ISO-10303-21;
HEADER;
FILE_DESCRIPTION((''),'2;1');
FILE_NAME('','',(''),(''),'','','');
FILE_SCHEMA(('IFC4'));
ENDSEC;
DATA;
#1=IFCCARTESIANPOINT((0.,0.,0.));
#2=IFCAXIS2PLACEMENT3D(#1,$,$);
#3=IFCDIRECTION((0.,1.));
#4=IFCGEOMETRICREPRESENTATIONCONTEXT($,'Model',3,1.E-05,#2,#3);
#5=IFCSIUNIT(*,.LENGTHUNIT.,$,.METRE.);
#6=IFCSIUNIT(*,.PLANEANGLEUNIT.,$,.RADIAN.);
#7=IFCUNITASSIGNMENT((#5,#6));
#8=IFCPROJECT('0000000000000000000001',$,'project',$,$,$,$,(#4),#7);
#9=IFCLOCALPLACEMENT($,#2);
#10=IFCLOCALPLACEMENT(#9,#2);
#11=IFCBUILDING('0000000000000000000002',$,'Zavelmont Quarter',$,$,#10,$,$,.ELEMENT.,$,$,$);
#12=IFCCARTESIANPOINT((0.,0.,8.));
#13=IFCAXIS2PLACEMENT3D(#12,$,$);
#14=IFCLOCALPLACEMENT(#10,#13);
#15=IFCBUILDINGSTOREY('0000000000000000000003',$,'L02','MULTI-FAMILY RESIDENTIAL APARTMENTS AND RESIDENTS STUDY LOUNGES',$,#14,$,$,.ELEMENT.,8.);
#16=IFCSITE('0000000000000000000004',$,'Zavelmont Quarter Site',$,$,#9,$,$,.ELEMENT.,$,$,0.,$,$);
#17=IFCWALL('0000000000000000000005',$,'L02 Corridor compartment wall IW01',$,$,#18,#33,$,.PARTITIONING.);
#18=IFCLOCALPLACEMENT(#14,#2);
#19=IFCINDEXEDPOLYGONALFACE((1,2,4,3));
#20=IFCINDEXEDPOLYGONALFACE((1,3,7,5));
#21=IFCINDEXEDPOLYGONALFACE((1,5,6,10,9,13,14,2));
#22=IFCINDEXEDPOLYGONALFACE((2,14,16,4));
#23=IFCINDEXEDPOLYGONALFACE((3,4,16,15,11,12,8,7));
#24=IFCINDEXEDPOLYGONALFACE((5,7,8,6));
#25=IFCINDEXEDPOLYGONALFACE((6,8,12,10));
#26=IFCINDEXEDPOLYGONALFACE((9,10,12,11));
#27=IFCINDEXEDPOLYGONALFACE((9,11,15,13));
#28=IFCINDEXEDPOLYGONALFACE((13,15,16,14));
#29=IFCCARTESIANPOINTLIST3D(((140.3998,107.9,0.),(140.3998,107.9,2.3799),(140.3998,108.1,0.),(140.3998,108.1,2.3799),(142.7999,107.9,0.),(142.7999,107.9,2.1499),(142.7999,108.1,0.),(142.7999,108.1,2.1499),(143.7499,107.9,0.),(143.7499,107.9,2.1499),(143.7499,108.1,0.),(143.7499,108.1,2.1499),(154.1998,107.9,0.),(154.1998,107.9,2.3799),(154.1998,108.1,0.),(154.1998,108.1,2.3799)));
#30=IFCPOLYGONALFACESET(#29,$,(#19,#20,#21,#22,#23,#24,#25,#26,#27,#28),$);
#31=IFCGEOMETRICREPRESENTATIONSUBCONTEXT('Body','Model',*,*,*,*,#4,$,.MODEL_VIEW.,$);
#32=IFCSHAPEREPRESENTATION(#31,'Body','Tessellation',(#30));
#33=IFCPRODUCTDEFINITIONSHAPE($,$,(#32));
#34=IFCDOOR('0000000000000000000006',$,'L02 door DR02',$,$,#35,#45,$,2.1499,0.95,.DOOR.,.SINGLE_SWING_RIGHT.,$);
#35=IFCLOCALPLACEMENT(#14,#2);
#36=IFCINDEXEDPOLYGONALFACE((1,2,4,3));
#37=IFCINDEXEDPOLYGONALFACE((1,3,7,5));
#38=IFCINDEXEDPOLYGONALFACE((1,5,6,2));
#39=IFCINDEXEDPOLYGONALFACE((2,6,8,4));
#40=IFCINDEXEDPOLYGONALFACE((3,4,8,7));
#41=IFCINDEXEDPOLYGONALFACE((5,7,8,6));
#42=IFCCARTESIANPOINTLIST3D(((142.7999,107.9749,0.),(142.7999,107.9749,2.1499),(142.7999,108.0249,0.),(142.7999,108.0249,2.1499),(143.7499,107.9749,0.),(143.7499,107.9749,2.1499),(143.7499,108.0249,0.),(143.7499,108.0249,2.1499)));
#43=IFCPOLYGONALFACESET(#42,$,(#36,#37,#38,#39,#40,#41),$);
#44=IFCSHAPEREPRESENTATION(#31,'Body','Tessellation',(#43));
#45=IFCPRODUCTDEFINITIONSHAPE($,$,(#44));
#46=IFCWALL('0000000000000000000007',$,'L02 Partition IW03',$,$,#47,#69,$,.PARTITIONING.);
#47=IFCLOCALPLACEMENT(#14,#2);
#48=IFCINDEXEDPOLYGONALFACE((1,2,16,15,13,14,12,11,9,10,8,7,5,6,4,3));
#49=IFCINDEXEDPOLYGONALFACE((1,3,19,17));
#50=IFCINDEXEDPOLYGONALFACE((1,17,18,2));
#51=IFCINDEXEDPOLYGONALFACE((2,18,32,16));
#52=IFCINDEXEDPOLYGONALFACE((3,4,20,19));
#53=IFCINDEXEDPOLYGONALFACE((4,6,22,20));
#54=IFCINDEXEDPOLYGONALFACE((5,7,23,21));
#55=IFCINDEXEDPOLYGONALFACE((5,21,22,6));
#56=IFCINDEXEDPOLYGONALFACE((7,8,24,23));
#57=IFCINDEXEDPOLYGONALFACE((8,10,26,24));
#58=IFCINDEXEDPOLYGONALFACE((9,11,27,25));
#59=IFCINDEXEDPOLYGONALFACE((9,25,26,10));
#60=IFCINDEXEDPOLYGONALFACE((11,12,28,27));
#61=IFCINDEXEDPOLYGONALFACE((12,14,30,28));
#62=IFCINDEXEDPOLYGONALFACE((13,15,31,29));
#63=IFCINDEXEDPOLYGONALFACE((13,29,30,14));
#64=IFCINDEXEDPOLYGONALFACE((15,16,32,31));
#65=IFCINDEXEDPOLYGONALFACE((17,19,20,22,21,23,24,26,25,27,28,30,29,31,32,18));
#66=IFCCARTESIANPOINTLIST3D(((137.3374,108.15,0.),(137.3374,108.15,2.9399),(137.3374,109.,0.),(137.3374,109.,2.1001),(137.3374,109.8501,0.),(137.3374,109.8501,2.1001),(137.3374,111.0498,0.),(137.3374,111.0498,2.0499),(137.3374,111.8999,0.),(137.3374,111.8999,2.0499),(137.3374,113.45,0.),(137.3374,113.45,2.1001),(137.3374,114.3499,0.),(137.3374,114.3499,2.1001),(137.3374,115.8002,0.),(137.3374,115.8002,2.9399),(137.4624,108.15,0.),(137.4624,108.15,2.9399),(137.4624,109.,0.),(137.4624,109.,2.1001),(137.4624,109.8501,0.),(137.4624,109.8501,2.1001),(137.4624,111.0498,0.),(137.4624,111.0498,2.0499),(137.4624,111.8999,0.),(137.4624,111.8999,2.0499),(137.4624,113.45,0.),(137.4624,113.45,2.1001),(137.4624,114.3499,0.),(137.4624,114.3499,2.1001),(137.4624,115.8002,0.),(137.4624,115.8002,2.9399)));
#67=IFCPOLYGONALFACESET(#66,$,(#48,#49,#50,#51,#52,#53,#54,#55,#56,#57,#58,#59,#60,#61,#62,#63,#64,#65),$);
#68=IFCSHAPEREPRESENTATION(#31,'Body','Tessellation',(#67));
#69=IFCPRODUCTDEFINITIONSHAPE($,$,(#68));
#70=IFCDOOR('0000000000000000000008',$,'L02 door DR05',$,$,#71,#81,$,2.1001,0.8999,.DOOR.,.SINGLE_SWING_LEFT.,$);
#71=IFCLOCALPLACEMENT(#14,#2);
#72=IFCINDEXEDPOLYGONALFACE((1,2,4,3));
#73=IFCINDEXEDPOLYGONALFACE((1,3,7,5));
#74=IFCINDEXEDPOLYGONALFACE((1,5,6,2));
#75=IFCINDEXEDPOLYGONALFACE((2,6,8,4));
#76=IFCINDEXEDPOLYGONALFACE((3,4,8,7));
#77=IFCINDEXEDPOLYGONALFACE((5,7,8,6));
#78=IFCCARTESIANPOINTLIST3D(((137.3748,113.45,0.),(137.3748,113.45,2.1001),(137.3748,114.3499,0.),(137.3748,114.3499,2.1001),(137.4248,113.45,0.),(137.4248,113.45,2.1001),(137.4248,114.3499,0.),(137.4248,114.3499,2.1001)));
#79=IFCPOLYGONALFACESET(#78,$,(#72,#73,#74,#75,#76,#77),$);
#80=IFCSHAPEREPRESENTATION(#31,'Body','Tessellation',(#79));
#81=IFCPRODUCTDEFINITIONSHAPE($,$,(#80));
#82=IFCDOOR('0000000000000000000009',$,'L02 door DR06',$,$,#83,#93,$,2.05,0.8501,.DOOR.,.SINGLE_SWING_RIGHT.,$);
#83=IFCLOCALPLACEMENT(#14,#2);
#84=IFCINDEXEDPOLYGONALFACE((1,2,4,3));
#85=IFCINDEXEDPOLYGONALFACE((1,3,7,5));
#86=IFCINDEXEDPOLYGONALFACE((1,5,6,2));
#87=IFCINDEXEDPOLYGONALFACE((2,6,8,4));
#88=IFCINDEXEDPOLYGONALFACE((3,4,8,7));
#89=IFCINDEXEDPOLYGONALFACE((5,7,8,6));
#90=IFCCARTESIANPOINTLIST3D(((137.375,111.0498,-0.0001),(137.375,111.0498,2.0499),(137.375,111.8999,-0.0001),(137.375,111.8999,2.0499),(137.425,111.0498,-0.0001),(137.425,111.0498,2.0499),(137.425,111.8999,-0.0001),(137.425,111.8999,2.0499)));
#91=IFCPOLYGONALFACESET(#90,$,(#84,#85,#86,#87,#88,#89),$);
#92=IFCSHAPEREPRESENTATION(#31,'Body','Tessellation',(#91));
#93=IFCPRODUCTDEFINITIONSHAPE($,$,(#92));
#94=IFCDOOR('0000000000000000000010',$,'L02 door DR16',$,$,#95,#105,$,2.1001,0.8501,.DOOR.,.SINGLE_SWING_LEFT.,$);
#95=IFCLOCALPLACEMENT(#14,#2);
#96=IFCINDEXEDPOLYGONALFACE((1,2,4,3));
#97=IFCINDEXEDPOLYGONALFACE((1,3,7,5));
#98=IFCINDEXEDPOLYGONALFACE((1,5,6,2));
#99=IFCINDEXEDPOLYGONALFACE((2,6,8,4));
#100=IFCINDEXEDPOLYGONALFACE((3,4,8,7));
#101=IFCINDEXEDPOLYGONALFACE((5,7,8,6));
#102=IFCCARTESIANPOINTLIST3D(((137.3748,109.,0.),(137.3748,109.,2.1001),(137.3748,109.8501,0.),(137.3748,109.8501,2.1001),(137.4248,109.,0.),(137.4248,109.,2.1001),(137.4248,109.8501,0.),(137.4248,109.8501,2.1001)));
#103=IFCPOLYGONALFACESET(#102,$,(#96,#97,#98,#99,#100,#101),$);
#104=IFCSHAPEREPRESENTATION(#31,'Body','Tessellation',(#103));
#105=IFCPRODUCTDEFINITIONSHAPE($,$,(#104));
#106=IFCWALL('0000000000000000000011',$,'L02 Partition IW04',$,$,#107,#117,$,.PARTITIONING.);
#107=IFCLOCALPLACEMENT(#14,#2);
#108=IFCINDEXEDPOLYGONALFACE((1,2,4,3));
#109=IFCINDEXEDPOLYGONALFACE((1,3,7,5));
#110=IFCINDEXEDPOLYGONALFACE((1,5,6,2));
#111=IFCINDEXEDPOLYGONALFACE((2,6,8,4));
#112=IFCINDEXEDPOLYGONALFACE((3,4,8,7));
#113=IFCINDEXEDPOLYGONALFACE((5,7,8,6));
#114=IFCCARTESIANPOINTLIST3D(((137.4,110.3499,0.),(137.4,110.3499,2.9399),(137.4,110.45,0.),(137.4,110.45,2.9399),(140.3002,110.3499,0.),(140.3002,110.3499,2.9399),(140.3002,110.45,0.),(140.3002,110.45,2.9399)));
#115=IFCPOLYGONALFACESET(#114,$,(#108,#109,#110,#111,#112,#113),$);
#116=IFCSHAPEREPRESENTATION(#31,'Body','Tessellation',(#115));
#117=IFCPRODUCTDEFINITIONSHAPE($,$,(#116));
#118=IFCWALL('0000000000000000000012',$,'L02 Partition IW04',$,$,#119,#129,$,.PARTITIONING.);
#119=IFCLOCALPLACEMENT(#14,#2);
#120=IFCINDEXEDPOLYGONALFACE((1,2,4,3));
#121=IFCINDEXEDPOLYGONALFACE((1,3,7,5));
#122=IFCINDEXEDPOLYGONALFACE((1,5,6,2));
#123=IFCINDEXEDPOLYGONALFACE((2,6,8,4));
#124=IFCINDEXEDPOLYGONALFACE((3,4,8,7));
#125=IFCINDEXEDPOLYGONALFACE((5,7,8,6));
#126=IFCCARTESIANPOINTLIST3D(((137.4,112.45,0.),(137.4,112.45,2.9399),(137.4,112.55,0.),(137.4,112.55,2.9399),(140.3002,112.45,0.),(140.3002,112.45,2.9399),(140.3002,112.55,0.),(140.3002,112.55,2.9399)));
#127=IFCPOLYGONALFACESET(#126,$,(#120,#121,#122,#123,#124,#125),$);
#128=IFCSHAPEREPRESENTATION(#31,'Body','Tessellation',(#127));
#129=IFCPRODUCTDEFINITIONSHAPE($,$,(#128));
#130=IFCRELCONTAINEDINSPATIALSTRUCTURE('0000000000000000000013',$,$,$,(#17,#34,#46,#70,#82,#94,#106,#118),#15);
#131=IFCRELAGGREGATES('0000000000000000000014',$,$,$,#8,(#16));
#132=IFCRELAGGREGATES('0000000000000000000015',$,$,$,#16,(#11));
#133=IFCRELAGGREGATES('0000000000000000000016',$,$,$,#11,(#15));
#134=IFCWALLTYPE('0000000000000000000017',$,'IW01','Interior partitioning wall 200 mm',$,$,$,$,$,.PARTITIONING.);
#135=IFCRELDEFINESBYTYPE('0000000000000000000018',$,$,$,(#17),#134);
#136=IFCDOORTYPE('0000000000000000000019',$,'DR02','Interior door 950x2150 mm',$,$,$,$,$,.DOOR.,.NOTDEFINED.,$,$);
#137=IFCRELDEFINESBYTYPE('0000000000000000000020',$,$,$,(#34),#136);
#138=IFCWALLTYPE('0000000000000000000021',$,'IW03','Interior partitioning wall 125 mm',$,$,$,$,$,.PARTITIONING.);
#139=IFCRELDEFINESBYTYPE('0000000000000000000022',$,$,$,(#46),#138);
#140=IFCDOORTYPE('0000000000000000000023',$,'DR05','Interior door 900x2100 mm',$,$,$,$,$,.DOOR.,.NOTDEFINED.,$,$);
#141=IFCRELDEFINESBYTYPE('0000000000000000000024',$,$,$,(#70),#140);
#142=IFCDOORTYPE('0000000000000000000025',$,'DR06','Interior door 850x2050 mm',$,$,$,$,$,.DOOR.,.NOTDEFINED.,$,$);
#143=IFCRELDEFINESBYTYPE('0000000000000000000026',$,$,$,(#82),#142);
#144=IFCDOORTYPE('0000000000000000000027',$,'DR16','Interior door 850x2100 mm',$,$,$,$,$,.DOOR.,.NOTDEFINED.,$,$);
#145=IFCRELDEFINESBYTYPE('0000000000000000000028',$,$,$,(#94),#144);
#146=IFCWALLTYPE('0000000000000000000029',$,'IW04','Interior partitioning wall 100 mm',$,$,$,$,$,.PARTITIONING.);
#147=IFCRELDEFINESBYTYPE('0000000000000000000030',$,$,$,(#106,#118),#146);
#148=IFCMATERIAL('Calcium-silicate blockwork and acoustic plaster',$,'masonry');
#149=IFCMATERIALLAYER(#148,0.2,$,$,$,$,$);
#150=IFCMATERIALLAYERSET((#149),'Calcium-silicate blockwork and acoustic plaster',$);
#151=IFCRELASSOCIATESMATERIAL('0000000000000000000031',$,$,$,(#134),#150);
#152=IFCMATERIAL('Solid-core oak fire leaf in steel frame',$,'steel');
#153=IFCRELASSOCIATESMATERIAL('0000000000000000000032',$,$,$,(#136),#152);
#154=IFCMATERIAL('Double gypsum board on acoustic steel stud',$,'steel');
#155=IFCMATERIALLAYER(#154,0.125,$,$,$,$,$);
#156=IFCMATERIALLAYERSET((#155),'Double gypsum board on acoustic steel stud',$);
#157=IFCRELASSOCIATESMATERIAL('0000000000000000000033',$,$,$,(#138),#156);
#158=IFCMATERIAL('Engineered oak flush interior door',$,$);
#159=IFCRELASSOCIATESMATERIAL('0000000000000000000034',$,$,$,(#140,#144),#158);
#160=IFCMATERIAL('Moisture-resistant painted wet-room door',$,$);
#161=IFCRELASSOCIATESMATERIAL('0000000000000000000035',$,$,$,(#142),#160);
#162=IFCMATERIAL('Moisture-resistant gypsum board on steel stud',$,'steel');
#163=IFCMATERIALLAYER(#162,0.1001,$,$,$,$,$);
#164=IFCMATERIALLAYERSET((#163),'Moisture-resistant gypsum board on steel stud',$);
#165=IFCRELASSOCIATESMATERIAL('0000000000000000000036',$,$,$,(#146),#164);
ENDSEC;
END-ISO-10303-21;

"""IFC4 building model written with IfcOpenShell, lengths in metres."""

from ifc_helpers import new_model, si_unit, direction, frame, frame_2d, origin, origin_with_axes, place, context, subcontext, project, spatial, rectangle, extrude, material, layer, layer_set, type_object, element, fill, save


model = new_model("IFC4")

# Units and contexts
model_context = context("Model", 3, precision=1e-05, world=origin(), true_north=direction((0.0, 1.0)))
body_context = subcontext(model_context, "Body", "Model", "MODEL_VIEW")
ifc_project = project(units=[si_unit("LENGTHUNIT", "METRE"), si_unit("PLANEANGLEUNIT", "RADIAN")], contexts=[model_context])

# Site, building, storey
site_placement = place(None, origin())
site = spatial("IfcSite", under=ifc_project, at=site_placement, Name="Zavelmont Quarter Site", CompositionType="ELEMENT", RefElevation=0.0)
building_placement = place(site_placement, origin())
building = spatial("IfcBuilding", under=site, at=building_placement, Name="Zavelmont Quarter", CompositionType="ELEMENT")
storey_placement = place(building_placement, frame((0.0, 0.0, 8.0)))
storey = spatial("IfcBuildingStorey", under=building, at=storey_placement, Name="L02", Description="MULTI-FAMILY RESIDENTIAL APARTMENTS AND RESIDENTS STUDY LOUNGES", CompositionType="ELEMENT", Elevation=8.0)

# Shared definitions
ifc_material_1 = material(Name="Calcium-silicate blockwork and acoustic plaster", Category="masonry")
ifc_layer_1 = layer(ifc_material_1, 0.2)
ifc_layer_set_1 = layer_set([ifc_layer_1], Name="Calcium-silicate blockwork and acoustic plaster")
wall_type_1 = type_object("IfcWallType", Name="IW01", Description="Interior partitioning wall 200 mm", PredefinedType="PARTITIONING", material=ifc_layer_set_1)

# Wall, opening, door
wall_1_placement = place(storey_placement, frame((140.3999, 108.0, 0.0), z_axis=(0.0, 0.0, 1.0), x_axis=(1.0, 0.0, 0.0)))
wall_1 = element("IfcWall", 1, at=wall_1_placement, inside=storey, type_object=wall_type_1, Name="L02 Corridor compartment wall IW01", PredefinedType="PARTITIONING", context=body_context, shape_type="SweptSolid", body=[
    extrude(rectangle(XDim=13.8, YDim=0.2, at=frame_2d((6.8999, 0.0))), origin(), (0.0, 0.0, 1.0), 2.3799),
])
opening_1_placement = place(wall_1_placement, frame((2.3999, 0.0, 0.0)))
opening_1 = element("IfcOpeningElement", 2, at=opening_1_placement, cuts=wall_1, PredefinedType="OPENING", context=body_context, shape_type="SweptSolid", body=[
    extrude(rectangle(XDim=0.95, YDim=2.1499, at=frame_2d((0.4751, 1.075))), frame((0.0, 0.1118, 0.0), z_axis=(0.0, -1.0, 0.0), x_axis=(1.0, 0.0, 0.0)), (0.0, 0.0, 1.0), 0.2239),
])
ifc_material_2 = material(Name="Solid-core oak fire leaf in steel frame", Category="steel")
door_type_1 = type_object("IfcDoorType", Name="DR02", Description="Interior door 950x2150 mm", OperationType="NOTDEFINED", PredefinedType="DOOR", material=ifc_material_2)
door_1_placement = place(opening_1_placement, origin_with_axes())
door_1 = element("IfcDoor", 3, at=door_1_placement, inside=storey, type_object=door_type_1, Name="L02 door DR02", OperationType="SINGLE_SWING_RIGHT", OverallHeight=2.1499, OverallWidth=0.95, PredefinedType="DOOR", context=body_context, shape_type="SweptSolid", body=[
    extrude(rectangle(XDim=0.95, YDim=2.1499, at=frame_2d((0.4751, 1.075))), frame((0.0, 0.0249, 0.0), z_axis=(0.0, -1.0, 0.0), x_axis=(1.0, 0.0, 0.0)), (0.0, 0.0, 1.0), 0.05),
])
fill(opening_1, door_1)

# Wall, openings, doors
ifc_material_3 = material(Name="Double gypsum board on acoustic steel stud", Category="steel")
ifc_layer_2 = layer(ifc_material_3, 0.125)
ifc_layer_set_2 = layer_set([ifc_layer_2], Name="Double gypsum board on acoustic steel stud")
wall_type_2 = type_object("IfcWallType", Name="IW03", Description="Interior partitioning wall 125 mm", PredefinedType="PARTITIONING", material=ifc_layer_set_2)
wall_2_placement = place(storey_placement, frame((137.3999, 108.1499, 0.0), z_axis=(0.0, 0.0, 1.0), x_axis=(0.0, 1.0, 0.0)))
wall_2 = element("IfcWall", 4, at=wall_2_placement, inside=storey, type_object=wall_type_2, Name="L02 Partition IW03", PredefinedType="PARTITIONING", context=body_context, shape_type="SweptSolid", body=[
    extrude(rectangle(XDim=7.6501, YDim=0.125, at=frame_2d((3.8252, 0.0))), origin(), (0.0, 0.0, 1.0), 2.9399),
])
opening_2_placement = place(wall_2_placement, frame((0.8501, 0.0, 0.0)))
opening_2 = element("IfcOpeningElement", 5, at=opening_2_placement, cuts=wall_2, PredefinedType="OPENING", context=body_context, shape_type="SweptSolid", body=[
    extrude(rectangle(XDim=0.8501, YDim=2.1001, at=frame_2d((0.425, 1.05))), frame((0.0, 0.0745, 0.0), z_axis=(0.0, -1.0, 0.0), x_axis=(1.0, 0.0, 0.0)), (0.0, 0.0, 1.0), 0.1489),
])
opening_3_placement = place(wall_2_placement, frame((2.8999, 0.0, 0.0)))
opening_3 = element("IfcOpeningElement", 6, at=opening_3_placement, cuts=wall_2, PredefinedType="OPENING", context=body_context, shape_type="SweptSolid", body=[
    extrude(rectangle(XDim=0.8501, YDim=2.05, at=frame_2d((0.425, 1.0249))), frame((0.0, 0.0745, 0.0), z_axis=(0.0, -1.0, 0.0), x_axis=(1.0, 0.0, 0.0)), (0.0, 0.0, 1.0), 0.1489),
])
opening_4_placement = place(wall_2_placement, frame((5.3, 0.0, 0.0)))
opening_4 = element("IfcOpeningElement", 7, at=opening_4_placement, cuts=wall_2, PredefinedType="OPENING", context=body_context, shape_type="SweptSolid", body=[
    extrude(rectangle(XDim=0.8999, YDim=2.1001, at=frame_2d((0.45, 1.05))), frame((0.0, 0.0745, 0.0), z_axis=(0.0, -1.0, 0.0), x_axis=(1.0, 0.0, 0.0)), (0.0, 0.0, 1.0), 0.1489),
])
ifc_material_4 = material(Name="Engineered oak flush interior door")
door_type_2 = type_object("IfcDoorType", Name="DR05", Description="Interior door 900x2100 mm", OperationType="NOTDEFINED", PredefinedType="DOOR", material=ifc_material_4)
door_2_placement = place(opening_4_placement, frame((0.8999, 0.0, 0.0), z_axis=(0.0, 0.0, 1.0), x_axis=(-1.0, 0.0, 0.0)))
door_2 = element("IfcDoor", 8, at=door_2_placement, inside=storey, type_object=door_type_2, Name="L02 door DR05", OperationType="SINGLE_SWING_LEFT", OverallHeight=2.1001, OverallWidth=0.8999, PredefinedType="DOOR", context=body_context, shape_type="SweptSolid", body=[
    extrude(rectangle(XDim=0.8999, YDim=2.1001, at=frame_2d((0.45, 1.05))), frame((0.0, 0.0249, 0.0), z_axis=(0.0, -1.0, 0.0), x_axis=(1.0, 0.0, 0.0)), (0.0, 0.0, 1.0), 0.05),
])
fill(opening_4, door_2)
ifc_material_5 = material(Name="Moisture-resistant painted wet-room door")
door_type_3 = type_object("IfcDoorType", Name="DR06", Description="Interior door 850x2050 mm", OperationType="NOTDEFINED", PredefinedType="DOOR", material=ifc_material_5)
door_3_placement = place(opening_3_placement, origin_with_axes())
door_3 = element("IfcDoor", 9, at=door_3_placement, inside=storey, type_object=door_type_3, Name="L02 door DR06", OperationType="SINGLE_SWING_RIGHT", OverallHeight=2.05, OverallWidth=0.8501, PredefinedType="DOOR", context=body_context, shape_type="SweptSolid", body=[
    extrude(rectangle(XDim=0.8501, YDim=2.05, at=frame_2d((0.425, 1.0249))), frame((0.0, 0.0249, 0.0), z_axis=(0.0, -1.0, 0.0), x_axis=(1.0, 0.0, 0.0)), (0.0, 0.0, 1.0), 0.05),
])
fill(opening_3, door_3)
door_type_4 = type_object("IfcDoorType", Name="DR16", Description="Interior door 850x2100 mm", OperationType="NOTDEFINED", PredefinedType="DOOR", material=ifc_material_4)
door_4_placement = place(opening_2_placement, frame((0.8501, 0.0, 0.0), z_axis=(0.0, 0.0, 1.0), x_axis=(-1.0, 0.0, 0.0)))
door_4 = element("IfcDoor", 10, at=door_4_placement, inside=storey, type_object=door_type_4, Name="L02 door DR16", OperationType="SINGLE_SWING_LEFT", OverallHeight=2.1001, OverallWidth=0.8501, PredefinedType="DOOR", context=body_context, shape_type="SweptSolid", body=[
    extrude(rectangle(XDim=0.8501, YDim=2.1001, at=frame_2d((0.425, 1.05))), frame((0.0, 0.0249, 0.0), z_axis=(0.0, -1.0, 0.0), x_axis=(1.0, 0.0, 0.0)), (0.0, 0.0, 1.0), 0.05),
])
fill(opening_2, door_4)

# Walls
ifc_material_6 = material(Name="Moisture-resistant gypsum board on steel stud", Category="steel")
ifc_layer_3 = layer(ifc_material_6, 0.1001)
ifc_layer_set_3 = layer_set([ifc_layer_3], Name="Moisture-resistant gypsum board on steel stud")
wall_type_3 = type_object("IfcWallType", Name="IW04", Description="Interior partitioning wall 100 mm", PredefinedType="PARTITIONING", material=ifc_layer_set_3)
for number, where, z_axis, x_axis, name in (
    (11, (137.3999, 110.3999, 0.0), (0.0, 0.0, 1.0), (1.0, 0.0, 0.0), "L02 Partition IW04"),
    (12, (137.3999, 112.5, 0.0), (0.0, 0.0, 1.0), (1.0, 0.0, 0.0), "L02 Partition IW04"),
):
    element("IfcWall", number, at=place(storey_placement, frame(where, z_axis=z_axis, x_axis=x_axis)), inside=storey, type_object=wall_type_3, Name=name, PredefinedType="PARTITIONING", context=body_context, shape_type="SweptSolid", body=[
        extrude(rectangle(XDim=2.9001, YDim=0.1001, at=frame_2d((1.4502, 0.0))), origin(), (0.0, 0.0, 1.0), 2.9399),
    ])

save(model, "model.ifc")
